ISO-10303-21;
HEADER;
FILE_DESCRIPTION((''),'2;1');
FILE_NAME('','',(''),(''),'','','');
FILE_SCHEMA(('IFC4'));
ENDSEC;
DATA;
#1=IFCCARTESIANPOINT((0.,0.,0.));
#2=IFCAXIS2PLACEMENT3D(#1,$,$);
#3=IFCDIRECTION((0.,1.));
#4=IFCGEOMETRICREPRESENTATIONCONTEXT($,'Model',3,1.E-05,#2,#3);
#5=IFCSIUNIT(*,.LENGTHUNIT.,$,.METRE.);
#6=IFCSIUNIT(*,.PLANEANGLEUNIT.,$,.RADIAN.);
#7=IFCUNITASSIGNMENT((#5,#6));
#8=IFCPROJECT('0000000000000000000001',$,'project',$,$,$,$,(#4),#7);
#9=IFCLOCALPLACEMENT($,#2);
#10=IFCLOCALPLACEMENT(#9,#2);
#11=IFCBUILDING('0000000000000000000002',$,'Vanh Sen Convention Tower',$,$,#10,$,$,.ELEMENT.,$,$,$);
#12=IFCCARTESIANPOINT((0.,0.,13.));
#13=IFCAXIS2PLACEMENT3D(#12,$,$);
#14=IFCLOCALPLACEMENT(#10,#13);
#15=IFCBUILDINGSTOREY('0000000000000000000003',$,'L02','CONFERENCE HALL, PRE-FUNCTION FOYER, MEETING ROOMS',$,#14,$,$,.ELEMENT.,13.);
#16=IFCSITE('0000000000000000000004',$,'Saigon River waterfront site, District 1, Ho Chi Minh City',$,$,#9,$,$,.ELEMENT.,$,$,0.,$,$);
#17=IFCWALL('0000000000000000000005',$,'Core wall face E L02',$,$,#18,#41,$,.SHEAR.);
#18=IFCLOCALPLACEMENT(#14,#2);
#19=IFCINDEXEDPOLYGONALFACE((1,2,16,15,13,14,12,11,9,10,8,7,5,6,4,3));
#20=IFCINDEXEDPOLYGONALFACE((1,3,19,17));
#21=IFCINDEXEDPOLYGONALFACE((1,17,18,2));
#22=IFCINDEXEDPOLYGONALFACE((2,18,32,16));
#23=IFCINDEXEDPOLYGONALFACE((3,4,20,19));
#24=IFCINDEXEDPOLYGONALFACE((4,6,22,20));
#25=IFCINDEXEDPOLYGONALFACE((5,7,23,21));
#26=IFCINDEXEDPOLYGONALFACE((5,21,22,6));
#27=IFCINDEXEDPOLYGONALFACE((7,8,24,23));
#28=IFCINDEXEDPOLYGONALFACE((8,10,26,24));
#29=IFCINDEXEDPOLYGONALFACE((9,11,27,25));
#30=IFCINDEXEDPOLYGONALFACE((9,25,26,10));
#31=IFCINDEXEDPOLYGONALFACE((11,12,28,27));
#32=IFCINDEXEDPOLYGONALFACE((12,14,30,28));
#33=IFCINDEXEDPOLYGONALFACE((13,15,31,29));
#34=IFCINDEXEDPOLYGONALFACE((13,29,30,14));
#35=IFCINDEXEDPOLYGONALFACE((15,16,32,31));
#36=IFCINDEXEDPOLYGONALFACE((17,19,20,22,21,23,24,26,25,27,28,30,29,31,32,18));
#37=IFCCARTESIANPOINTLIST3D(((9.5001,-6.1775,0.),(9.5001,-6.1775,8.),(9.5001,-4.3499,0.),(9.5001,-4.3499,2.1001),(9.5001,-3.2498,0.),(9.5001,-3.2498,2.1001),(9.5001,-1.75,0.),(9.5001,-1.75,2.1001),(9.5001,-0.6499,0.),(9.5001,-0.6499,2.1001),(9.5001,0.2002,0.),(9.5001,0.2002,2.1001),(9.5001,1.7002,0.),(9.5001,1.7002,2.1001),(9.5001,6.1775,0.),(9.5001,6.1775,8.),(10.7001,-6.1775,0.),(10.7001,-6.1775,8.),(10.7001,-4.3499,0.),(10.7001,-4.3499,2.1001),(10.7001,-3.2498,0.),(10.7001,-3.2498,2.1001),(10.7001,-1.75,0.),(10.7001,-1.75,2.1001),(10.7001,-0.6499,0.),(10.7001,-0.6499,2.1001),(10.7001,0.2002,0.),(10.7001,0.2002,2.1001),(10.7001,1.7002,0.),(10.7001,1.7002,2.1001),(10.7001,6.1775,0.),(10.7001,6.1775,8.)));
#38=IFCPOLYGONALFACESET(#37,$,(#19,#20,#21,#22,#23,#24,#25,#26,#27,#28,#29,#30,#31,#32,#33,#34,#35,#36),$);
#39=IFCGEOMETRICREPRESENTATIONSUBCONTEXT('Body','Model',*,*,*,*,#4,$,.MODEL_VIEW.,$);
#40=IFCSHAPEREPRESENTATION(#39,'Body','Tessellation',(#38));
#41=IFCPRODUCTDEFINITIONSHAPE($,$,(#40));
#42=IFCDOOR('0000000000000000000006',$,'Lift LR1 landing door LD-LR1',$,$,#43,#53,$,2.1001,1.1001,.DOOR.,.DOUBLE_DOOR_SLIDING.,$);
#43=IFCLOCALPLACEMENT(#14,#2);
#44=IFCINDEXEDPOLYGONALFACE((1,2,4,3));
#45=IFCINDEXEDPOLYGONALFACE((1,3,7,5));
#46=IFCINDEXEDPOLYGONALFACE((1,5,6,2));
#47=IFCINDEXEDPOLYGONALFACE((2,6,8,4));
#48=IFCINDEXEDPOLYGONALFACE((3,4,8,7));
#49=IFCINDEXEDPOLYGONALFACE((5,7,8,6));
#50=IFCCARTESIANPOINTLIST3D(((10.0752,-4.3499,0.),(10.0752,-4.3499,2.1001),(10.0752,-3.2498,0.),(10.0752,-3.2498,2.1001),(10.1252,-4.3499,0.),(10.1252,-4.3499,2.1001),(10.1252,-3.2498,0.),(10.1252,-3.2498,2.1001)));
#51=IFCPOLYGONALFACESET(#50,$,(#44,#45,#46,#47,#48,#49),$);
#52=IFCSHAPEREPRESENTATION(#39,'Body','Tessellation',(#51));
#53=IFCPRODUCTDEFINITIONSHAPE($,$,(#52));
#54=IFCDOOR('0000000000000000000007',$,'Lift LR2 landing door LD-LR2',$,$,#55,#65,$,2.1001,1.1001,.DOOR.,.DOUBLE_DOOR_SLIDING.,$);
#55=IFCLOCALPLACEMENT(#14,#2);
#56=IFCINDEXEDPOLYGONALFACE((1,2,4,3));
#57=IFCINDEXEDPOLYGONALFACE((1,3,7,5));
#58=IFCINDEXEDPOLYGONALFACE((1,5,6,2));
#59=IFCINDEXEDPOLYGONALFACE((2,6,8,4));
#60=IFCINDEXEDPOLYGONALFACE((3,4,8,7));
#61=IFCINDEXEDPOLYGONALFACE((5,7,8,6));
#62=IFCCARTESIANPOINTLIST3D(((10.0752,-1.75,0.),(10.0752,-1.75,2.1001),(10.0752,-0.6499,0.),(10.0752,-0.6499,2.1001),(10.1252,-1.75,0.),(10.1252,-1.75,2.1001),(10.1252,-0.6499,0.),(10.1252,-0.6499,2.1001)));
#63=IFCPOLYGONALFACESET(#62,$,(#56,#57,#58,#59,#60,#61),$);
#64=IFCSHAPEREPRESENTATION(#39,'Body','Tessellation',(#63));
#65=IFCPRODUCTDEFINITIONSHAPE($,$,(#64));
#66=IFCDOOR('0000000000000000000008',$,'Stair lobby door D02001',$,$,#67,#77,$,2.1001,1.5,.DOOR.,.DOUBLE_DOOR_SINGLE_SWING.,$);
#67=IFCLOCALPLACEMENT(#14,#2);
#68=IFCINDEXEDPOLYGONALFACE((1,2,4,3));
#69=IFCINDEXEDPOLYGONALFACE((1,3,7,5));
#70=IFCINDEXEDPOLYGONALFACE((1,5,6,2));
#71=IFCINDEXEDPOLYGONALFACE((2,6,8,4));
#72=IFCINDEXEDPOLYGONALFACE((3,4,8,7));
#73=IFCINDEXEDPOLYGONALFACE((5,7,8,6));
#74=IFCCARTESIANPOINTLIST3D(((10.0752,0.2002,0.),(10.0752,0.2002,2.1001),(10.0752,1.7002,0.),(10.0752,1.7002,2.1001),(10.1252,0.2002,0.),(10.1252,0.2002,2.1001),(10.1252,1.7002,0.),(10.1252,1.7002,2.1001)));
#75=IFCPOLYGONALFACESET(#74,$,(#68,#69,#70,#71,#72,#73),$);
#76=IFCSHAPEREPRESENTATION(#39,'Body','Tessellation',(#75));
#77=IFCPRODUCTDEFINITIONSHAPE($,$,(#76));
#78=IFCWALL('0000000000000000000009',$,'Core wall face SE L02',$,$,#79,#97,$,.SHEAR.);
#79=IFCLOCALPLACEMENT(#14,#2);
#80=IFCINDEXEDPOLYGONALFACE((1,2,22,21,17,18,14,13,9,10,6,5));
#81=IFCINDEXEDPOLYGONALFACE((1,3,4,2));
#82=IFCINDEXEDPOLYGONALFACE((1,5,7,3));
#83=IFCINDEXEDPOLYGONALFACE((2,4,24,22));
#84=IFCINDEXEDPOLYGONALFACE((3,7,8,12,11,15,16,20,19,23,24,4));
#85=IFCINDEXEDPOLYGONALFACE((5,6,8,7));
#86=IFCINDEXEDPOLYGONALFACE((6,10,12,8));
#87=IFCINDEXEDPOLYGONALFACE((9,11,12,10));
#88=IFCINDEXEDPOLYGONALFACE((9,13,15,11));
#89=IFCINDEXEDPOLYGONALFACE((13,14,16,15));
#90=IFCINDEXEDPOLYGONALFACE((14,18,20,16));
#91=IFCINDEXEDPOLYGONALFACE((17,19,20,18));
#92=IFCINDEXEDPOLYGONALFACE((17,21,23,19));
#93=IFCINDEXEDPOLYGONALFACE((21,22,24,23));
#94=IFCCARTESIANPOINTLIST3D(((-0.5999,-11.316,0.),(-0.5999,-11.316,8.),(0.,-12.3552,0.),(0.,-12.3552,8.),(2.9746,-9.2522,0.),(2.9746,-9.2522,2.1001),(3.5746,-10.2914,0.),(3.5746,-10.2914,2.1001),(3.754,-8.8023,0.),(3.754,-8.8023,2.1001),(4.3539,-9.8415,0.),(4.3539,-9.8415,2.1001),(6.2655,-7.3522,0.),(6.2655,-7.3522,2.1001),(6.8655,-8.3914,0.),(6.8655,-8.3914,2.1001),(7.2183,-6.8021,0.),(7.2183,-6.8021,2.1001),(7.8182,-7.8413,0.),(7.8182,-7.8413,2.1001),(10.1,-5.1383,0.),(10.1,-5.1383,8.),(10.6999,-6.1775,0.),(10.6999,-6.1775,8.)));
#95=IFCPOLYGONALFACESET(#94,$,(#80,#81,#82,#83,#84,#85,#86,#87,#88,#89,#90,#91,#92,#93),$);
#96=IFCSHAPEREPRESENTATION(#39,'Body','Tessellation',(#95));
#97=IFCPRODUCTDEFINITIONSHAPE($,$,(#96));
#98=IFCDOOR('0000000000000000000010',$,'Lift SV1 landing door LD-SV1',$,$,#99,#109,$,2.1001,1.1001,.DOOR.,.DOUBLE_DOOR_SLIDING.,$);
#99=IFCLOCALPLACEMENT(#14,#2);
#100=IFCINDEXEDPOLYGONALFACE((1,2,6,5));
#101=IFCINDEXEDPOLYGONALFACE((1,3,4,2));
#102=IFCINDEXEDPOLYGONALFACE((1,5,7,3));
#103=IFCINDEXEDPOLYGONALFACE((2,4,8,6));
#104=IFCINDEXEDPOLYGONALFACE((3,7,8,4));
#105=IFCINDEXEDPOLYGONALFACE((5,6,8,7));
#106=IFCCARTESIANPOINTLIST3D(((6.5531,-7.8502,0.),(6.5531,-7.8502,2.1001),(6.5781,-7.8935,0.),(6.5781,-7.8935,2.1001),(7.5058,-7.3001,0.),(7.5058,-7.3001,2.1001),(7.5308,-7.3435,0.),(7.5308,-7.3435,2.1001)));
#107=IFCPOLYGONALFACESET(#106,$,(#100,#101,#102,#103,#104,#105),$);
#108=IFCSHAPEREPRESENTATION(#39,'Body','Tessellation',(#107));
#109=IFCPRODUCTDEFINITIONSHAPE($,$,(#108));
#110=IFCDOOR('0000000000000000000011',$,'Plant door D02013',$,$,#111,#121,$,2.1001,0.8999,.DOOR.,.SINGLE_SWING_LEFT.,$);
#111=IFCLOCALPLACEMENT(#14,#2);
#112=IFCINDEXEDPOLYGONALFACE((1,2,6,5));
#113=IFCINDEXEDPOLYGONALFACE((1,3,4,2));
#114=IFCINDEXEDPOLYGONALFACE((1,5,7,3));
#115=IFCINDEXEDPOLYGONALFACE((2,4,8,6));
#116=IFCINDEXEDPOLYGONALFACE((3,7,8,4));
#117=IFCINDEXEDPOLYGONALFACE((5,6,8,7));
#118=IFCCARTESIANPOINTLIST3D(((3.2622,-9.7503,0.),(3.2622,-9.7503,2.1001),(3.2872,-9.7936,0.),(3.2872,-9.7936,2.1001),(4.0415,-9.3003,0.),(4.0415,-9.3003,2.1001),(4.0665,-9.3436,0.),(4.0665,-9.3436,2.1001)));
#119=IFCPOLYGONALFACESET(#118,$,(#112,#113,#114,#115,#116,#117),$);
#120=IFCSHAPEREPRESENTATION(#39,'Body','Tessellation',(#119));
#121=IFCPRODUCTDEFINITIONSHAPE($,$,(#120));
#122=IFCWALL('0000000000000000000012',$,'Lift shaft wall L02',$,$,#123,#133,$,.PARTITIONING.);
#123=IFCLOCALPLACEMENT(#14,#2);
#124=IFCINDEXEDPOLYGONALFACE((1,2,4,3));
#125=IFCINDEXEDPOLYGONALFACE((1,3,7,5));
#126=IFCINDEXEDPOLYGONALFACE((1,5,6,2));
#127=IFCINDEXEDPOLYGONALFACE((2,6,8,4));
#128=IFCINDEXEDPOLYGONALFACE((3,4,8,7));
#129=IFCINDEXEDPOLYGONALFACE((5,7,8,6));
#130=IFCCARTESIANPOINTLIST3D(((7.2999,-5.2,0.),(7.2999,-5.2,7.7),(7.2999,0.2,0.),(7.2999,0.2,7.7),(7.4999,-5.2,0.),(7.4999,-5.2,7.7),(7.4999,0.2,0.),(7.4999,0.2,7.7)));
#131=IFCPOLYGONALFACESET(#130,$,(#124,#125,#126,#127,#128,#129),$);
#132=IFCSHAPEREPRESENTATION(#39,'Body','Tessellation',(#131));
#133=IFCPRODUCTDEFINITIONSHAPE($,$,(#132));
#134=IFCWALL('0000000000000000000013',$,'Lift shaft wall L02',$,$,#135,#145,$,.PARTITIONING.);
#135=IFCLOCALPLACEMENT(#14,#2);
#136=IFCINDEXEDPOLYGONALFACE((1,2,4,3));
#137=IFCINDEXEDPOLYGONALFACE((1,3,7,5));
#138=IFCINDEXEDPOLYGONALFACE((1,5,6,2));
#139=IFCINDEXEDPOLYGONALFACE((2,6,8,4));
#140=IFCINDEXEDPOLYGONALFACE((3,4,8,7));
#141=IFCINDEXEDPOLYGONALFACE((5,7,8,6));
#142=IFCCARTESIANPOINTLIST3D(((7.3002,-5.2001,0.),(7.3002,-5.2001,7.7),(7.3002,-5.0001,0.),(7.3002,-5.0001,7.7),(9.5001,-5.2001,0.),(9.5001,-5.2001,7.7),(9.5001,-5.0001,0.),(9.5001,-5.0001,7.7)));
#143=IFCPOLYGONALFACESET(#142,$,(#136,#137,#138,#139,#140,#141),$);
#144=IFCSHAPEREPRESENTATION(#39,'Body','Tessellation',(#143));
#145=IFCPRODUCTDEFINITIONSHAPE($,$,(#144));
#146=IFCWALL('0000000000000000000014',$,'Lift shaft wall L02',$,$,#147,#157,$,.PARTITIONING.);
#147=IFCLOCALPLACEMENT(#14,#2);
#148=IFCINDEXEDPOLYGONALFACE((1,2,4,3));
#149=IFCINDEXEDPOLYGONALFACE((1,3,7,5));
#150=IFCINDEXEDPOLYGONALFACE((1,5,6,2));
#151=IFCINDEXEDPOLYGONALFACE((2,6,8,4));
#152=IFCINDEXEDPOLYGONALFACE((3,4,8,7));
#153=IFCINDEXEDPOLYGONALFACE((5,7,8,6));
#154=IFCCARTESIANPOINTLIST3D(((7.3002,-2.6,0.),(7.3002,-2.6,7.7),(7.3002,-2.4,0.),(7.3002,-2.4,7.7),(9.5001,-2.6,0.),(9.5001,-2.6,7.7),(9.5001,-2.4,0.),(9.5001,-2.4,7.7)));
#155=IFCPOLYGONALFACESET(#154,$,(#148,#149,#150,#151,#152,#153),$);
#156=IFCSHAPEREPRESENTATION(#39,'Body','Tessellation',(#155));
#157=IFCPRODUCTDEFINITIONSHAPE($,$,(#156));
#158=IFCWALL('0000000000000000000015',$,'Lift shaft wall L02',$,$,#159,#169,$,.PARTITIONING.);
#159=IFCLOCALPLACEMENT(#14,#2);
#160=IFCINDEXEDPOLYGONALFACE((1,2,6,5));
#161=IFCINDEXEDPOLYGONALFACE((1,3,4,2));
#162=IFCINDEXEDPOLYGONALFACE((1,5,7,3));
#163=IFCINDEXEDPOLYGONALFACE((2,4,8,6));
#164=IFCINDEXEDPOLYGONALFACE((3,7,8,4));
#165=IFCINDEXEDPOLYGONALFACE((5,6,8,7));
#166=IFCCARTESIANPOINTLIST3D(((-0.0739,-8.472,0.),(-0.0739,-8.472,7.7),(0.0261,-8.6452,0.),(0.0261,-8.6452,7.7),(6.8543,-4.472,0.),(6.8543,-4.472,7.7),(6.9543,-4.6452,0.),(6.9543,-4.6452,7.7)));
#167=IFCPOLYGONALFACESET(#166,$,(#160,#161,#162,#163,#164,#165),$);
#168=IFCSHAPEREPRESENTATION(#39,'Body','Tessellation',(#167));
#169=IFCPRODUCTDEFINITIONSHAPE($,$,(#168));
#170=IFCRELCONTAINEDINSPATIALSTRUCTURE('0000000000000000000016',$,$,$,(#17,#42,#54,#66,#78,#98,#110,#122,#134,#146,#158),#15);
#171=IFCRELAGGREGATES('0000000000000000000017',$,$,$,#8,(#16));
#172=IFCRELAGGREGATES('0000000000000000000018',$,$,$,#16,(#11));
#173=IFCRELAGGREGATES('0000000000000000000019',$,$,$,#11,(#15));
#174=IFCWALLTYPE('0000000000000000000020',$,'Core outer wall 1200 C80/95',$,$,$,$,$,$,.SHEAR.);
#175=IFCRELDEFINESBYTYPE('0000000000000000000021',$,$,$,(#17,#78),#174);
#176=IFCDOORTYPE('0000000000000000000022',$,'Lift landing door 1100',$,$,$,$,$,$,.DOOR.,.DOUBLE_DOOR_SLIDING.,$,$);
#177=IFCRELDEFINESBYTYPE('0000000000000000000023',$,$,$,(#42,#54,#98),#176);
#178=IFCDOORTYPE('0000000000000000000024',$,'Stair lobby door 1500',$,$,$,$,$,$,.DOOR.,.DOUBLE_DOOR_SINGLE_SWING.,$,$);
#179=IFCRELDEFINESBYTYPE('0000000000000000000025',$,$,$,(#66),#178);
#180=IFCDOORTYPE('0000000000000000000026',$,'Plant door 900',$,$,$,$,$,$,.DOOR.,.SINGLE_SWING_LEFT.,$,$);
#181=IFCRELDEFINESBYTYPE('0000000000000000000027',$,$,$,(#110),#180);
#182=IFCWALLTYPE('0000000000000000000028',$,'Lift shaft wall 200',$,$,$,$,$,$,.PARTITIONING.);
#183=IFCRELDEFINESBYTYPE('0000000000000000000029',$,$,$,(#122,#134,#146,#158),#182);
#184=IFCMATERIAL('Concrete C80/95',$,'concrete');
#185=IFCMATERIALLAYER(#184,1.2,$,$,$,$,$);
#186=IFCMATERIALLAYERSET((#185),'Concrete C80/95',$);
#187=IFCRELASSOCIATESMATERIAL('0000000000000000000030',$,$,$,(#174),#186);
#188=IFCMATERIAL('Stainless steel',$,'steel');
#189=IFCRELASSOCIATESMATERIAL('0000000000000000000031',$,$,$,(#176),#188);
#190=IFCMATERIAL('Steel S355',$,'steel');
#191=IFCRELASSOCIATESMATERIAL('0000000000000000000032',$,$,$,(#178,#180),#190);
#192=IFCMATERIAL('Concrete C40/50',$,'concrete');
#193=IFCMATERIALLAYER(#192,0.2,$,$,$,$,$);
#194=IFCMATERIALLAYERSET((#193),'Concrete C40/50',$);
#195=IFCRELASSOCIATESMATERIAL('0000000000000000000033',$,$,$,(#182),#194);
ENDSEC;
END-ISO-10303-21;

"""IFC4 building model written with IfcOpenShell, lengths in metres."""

from ifc_helpers import new_model, si_unit, direction, frame, frame_2d, origin, place, context, subcontext, project, spatial, rectangle, extrude, material, layer, layer_set, type_object, element, fill, save


model = new_model("IFC4")

# Units and contexts
model_context = context("Model", 3, precision=1e-05, world=origin(), true_north=direction((0.0, 1.0)))
body_context = subcontext(model_context, "Body", "Model", "MODEL_VIEW")
ifc_project = project(units=[si_unit("LENGTHUNIT", "METRE"), si_unit("PLANEANGLEUNIT", "RADIAN")], contexts=[model_context])

# Site, building, storey
site_placement = place(None, origin())
site = spatial("IfcSite", under=ifc_project, at=site_placement, Name="Saigon River waterfront site, District 1, Ho Chi Minh City", CompositionType="ELEMENT", RefElevation=0.0)
building_placement = place(site_placement, origin())
building = spatial("IfcBuilding", under=site, at=building_placement, Name="Vanh Sen Convention Tower", CompositionType="ELEMENT")
storey_placement = place(building_placement, frame((0.0, 0.0, 13.0)))
storey = spatial("IfcBuildingStorey", under=building, at=storey_placement, Name="L02", Description="CONFERENCE HALL, PRE-FUNCTION FOYER, MEETING ROOMS", CompositionType="ELEMENT", Elevation=13.0)

# Walls, openings, doors
ifc_material_1 = material(Name="Concrete C80/95", Category="concrete")
ifc_layer_1 = layer(ifc_material_1, 1.2)
ifc_layer_set_1 = layer_set([ifc_layer_1], Name="Concrete C80/95")
wall_type_1 = type_object("IfcWallType", Name="Core outer wall 1200 C80/95", PredefinedType="SHEAR", material=ifc_layer_set_1)
wall_1_placement = place(storey_placement, frame((10.1001, -6.1775, 0.0), z_axis=(0.0, 0.0, 1.0), x_axis=(0.0, 1.0, 0.0)))
wall_1 = element("IfcWall", 1, at=wall_1_placement, inside=storey, type_object=wall_type_1, Name="Core wall face E L02", PredefinedType="SHEAR", context=body_context, shape_type="SweptSolid", body=[
    extrude(rectangle(XDim=12.355, YDim=1.2, at=frame_2d((6.1775, 0.0))), origin(), (0.0, 0.0, 1.0), 8.0),
])
opening_1_placement = place(wall_1_placement, frame((6.3777, 0.0, 0.0)))
opening_1 = element("IfcOpeningElement", 2, at=opening_1_placement, cuts=wall_1, PredefinedType="OPENING", context=body_context, shape_type="SweptSolid", body=[
    extrude(rectangle(XDim=1.5, YDim=2.1001, at=frame_2d((0.75, 1.05))), frame((0.0, 0.6099, 0.0), z_axis=(0.0, -1.0, 0.0), x_axis=(1.0, 0.0, 0.0)), (0.0, 0.0, 1.0), 1.22),
])
opening_2_placement = place(wall_1_placement, frame((1.8276, 0.0, 0.0)))
opening_2 = element("IfcOpeningElement", 3, at=opening_2_placement, cuts=wall_1, PredefinedType="OPENING", context=body_context, shape_type="SweptSolid", body=[
    extrude(rectangle(XDim=1.1001, YDim=2.1001, at=frame_2d((0.55, 1.05))), frame((0.0, 0.6099, 0.0), z_axis=(0.0, -1.0, 0.0), x_axis=(1.0, 0.0, 0.0)), (0.0, 0.0, 1.0), 1.22),
])
opening_3_placement = place(wall_1_placement, frame((4.4275, 0.0, 0.0)))
opening_3 = element("IfcOpeningElement", 4, at=opening_3_placement, cuts=wall_1, PredefinedType="OPENING", context=body_context, shape_type="SweptSolid", body=[
    extrude(rectangle(XDim=1.1001, YDim=2.1001, at=frame_2d((0.55, 1.05))), frame((0.0, 0.6099, 0.0), z_axis=(0.0, -1.0, 0.0), x_axis=(1.0, 0.0, 0.0)), (0.0, 0.0, 1.0), 1.22),
])
ifc_material_2 = material(Name="Stainless steel", Category="steel")
door_type_1 = type_object("IfcDoorType", Name="Lift landing door 1100", OperationType="DOUBLE_DOOR_SLIDING", PredefinedType="DOOR", material=ifc_material_2)
door_1_placement = place(opening_2_placement, origin())
door_1 = element("IfcDoor", 5, at=door_1_placement, inside=storey, type_object=door_type_1, Name="Lift LR1 landing door LD-LR1", OperationType="DOUBLE_DOOR_SLIDING", OverallHeight=2.1001, OverallWidth=1.1001, PredefinedType="DOOR", context=body_context, shape_type="SweptSolid", body=[
    extrude(rectangle(XDim=1.1001, YDim=2.1001, at=frame_2d((0.55, 1.05))), frame((0.0, 0.0249, 0.0), z_axis=(0.0, -1.0, 0.0), x_axis=(1.0, 0.0, 0.0)), (0.0, 0.0, 1.0), 0.05),
])
fill(opening_2, door_1)
door_2_placement = place(opening_3_placement, origin())
door_2 = element("IfcDoor", 6, at=door_2_placement, inside=storey, type_object=door_type_1, Name="Lift LR2 landing door LD-LR2", OperationType="DOUBLE_DOOR_SLIDING", OverallHeight=2.1001, OverallWidth=1.1001, PredefinedType="DOOR", context=body_context, shape_type="SweptSolid", body=[
    extrude(rectangle(XDim=1.1001, YDim=2.1001, at=frame_2d((0.55, 1.05))), frame((0.0, 0.0249, 0.0), z_axis=(0.0, -1.0, 0.0), x_axis=(1.0, 0.0, 0.0)), (0.0, 0.0, 1.0), 0.05),
])
fill(opening_3, door_2)
ifc_material_3 = material(Name="Steel S355", Category="steel")
door_type_2 = type_object("IfcDoorType", Name="Stair lobby door 1500", OperationType="DOUBLE_DOOR_SINGLE_SWING", PredefinedType="DOOR", material=ifc_material_3)
door_3_placement = place(opening_1_placement, origin())
door_3 = element("IfcDoor", 7, at=door_3_placement, inside=storey, type_object=door_type_2, Name="Stair lobby door D02001", OperationType="DOUBLE_DOOR_SINGLE_SWING", OverallHeight=2.1001, OverallWidth=1.5, PredefinedType="DOOR", context=body_context, shape_type="SweptSolid", body=[
    extrude(rectangle(XDim=1.5, YDim=2.1001, at=frame_2d((0.75, 1.05))), frame((0.0, 0.0249, 0.0), z_axis=(0.0, -1.0, 0.0), x_axis=(1.0, 0.0, 0.0)), (0.0, 0.0, 1.0), 0.05),
])
fill(opening_1, door_3)
wall_2_placement = place(storey_placement, frame((-0.3, -11.8357, 0.0), z_axis=(0.0, 0.0, 1.0), x_axis=(0.866021, 0.500007, 0.0)))
wall_2 = element("IfcWall", 8, at=wall_2_placement, inside=storey, type_object=wall_type_1, Name="Core wall face SE L02", PredefinedType="SHEAR", context=body_context, shape_type="SweptSolid", body=[
    extrude(rectangle(XDim=12.3552, YDim=1.2, at=frame_2d((6.1777, 0.0))), origin(), (0.0, 0.0, 1.0), 8.0),
])
opening_4_placement = place(wall_2_placement, frame((4.1277, 0.0, 0.0)))
opening_4 = element("IfcOpeningElement", 9, at=opening_4_placement, cuts=wall_2, PredefinedType="OPENING", context=body_context, shape_type="SweptSolid", body=[
    extrude(rectangle(XDim=0.8999, YDim=2.1001, at=frame_2d((0.45, 1.05))), frame((0.0, 0.6099, 0.0), z_axis=(0.0, -1.0, 0.0), x_axis=(1.0, 0.0, 0.0)), (0.0, 0.0, 1.0), 1.22),
])
opening_5_placement = place(wall_2_placement, frame((7.9277, 0.0, 0.0)))
opening_5 = element("IfcOpeningElement", 10, at=opening_5_placement, cuts=wall_2, PredefinedType="OPENING", context=body_context, shape_type="SweptSolid", body=[
    extrude(rectangle(XDim=1.1001, YDim=2.1001, at=frame_2d((0.55, 1.05))), frame((0.0, 0.6099, 0.0), z_axis=(0.0, -1.0, 0.0), x_axis=(1.0, 0.0, 0.0)), (0.0, 0.0, 1.0), 1.22),
])
door_4_placement = place(opening_5_placement, origin())
door_4 = element("IfcDoor", 11, at=door_4_placement, inside=storey, type_object=door_type_1, Name="Lift SV1 landing door LD-SV1", OperationType="DOUBLE_DOOR_SLIDING", OverallHeight=2.1001, OverallWidth=1.1001, PredefinedType="DOOR", context=body_context, shape_type="SweptSolid", body=[
    extrude(rectangle(XDim=1.1001, YDim=2.1001, at=frame_2d((0.55, 1.05))), frame((0.0, 0.0249, 0.0), z_axis=(0.0, -1.0, 0.0), x_axis=(1.0, 0.0, 0.0)), (0.0, 0.0, 1.0), 0.05),
])
fill(opening_5, door_4)
door_type_3 = type_object("IfcDoorType", Name="Plant door 900", OperationType="SINGLE_SWING_LEFT", PredefinedType="DOOR", material=ifc_material_3)
door_5_placement = place(opening_4_placement, origin())
door_5 = element("IfcDoor", 12, at=door_5_placement, inside=storey, type_object=door_type_3, Name="Plant door D02013", OperationType="SINGLE_SWING_LEFT", OverallHeight=2.1001, OverallWidth=0.8999, PredefinedType="DOOR", context=body_context, shape_type="SweptSolid", body=[
    extrude(rectangle(XDim=0.8999, YDim=2.1001, at=frame_2d((0.45, 1.05))), frame((0.0, 0.0249, 0.0), z_axis=(0.0, -1.0, 0.0), x_axis=(1.0, 0.0, 0.0)), (0.0, 0.0, 1.0), 0.05),
])
fill(opening_4, door_5)

# Walls
ifc_material_4 = material(Name="Concrete C40/50", Category="concrete")
ifc_layer_2 = layer(ifc_material_4, 0.2)
ifc_layer_set_2 = layer_set([ifc_layer_2], Name="Concrete C40/50")
wall_type_2 = type_object("IfcWallType", Name="Lift shaft wall 200", PredefinedType="PARTITIONING", material=ifc_layer_set_2)
wall_3_placement = place(storey_placement, frame((7.3999, -5.2, 0.0), z_axis=(0.0, 0.0, 1.0), x_axis=(0.0, 1.0, 0.0)))
element("IfcWall", 13, at=wall_3_placement, inside=storey, type_object=wall_type_2, Name="Lift shaft wall L02", PredefinedType="PARTITIONING", context=body_context, shape_type="SweptSolid", body=[
    extrude(rectangle(XDim=5.3999, YDim=0.2, at=frame_2d((2.7, 0.0))), origin(), (0.0, 0.0, 1.0), 7.7),
])
for number, where, z_axis, x_axis, name in (
    (14, (7.3, -5.1001, 0.0), (0.0, 0.0, 1.0), (1.0, 0.0, 0.0), "Lift shaft wall L02"),
    (15, (7.3, -2.5, 0.0), (0.0, 0.0, 1.0), (1.0, 0.0, 0.0), "Lift shaft wall L02"),
):
    element("IfcWall", number, at=place(storey_placement, frame(where, z_axis=z_axis, x_axis=x_axis)), inside=storey, type_object=wall_type_2, Name=name, PredefinedType="PARTITIONING", context=body_context, shape_type="SweptSolid", body=[
        extrude(rectangle(XDim=2.2, YDim=0.2, at=frame_2d((1.1001, 0.0))), origin(), (0.0, 0.0, 1.0), 7.7),
    ])
wall_4_placement = place(storey_placement, frame((-0.0239, -8.5586, 0.0), z_axis=(0.0, 0.0, 1.0), x_axis=(0.866026, 0.499999, 0.0)))
element("IfcWall", 16, at=wall_4_placement, inside=storey, type_object=wall_type_2, Name="Lift shaft wall L02", PredefinedType="PARTITIONING", context=body_context, shape_type="SweptSolid", body=[
    extrude(rectangle(XDim=8.0, YDim=0.2, at=frame_2d((4.0, 0.0))), origin(), (0.0, 0.0, 1.0), 7.7),
])

save(model, "model.ifc")
